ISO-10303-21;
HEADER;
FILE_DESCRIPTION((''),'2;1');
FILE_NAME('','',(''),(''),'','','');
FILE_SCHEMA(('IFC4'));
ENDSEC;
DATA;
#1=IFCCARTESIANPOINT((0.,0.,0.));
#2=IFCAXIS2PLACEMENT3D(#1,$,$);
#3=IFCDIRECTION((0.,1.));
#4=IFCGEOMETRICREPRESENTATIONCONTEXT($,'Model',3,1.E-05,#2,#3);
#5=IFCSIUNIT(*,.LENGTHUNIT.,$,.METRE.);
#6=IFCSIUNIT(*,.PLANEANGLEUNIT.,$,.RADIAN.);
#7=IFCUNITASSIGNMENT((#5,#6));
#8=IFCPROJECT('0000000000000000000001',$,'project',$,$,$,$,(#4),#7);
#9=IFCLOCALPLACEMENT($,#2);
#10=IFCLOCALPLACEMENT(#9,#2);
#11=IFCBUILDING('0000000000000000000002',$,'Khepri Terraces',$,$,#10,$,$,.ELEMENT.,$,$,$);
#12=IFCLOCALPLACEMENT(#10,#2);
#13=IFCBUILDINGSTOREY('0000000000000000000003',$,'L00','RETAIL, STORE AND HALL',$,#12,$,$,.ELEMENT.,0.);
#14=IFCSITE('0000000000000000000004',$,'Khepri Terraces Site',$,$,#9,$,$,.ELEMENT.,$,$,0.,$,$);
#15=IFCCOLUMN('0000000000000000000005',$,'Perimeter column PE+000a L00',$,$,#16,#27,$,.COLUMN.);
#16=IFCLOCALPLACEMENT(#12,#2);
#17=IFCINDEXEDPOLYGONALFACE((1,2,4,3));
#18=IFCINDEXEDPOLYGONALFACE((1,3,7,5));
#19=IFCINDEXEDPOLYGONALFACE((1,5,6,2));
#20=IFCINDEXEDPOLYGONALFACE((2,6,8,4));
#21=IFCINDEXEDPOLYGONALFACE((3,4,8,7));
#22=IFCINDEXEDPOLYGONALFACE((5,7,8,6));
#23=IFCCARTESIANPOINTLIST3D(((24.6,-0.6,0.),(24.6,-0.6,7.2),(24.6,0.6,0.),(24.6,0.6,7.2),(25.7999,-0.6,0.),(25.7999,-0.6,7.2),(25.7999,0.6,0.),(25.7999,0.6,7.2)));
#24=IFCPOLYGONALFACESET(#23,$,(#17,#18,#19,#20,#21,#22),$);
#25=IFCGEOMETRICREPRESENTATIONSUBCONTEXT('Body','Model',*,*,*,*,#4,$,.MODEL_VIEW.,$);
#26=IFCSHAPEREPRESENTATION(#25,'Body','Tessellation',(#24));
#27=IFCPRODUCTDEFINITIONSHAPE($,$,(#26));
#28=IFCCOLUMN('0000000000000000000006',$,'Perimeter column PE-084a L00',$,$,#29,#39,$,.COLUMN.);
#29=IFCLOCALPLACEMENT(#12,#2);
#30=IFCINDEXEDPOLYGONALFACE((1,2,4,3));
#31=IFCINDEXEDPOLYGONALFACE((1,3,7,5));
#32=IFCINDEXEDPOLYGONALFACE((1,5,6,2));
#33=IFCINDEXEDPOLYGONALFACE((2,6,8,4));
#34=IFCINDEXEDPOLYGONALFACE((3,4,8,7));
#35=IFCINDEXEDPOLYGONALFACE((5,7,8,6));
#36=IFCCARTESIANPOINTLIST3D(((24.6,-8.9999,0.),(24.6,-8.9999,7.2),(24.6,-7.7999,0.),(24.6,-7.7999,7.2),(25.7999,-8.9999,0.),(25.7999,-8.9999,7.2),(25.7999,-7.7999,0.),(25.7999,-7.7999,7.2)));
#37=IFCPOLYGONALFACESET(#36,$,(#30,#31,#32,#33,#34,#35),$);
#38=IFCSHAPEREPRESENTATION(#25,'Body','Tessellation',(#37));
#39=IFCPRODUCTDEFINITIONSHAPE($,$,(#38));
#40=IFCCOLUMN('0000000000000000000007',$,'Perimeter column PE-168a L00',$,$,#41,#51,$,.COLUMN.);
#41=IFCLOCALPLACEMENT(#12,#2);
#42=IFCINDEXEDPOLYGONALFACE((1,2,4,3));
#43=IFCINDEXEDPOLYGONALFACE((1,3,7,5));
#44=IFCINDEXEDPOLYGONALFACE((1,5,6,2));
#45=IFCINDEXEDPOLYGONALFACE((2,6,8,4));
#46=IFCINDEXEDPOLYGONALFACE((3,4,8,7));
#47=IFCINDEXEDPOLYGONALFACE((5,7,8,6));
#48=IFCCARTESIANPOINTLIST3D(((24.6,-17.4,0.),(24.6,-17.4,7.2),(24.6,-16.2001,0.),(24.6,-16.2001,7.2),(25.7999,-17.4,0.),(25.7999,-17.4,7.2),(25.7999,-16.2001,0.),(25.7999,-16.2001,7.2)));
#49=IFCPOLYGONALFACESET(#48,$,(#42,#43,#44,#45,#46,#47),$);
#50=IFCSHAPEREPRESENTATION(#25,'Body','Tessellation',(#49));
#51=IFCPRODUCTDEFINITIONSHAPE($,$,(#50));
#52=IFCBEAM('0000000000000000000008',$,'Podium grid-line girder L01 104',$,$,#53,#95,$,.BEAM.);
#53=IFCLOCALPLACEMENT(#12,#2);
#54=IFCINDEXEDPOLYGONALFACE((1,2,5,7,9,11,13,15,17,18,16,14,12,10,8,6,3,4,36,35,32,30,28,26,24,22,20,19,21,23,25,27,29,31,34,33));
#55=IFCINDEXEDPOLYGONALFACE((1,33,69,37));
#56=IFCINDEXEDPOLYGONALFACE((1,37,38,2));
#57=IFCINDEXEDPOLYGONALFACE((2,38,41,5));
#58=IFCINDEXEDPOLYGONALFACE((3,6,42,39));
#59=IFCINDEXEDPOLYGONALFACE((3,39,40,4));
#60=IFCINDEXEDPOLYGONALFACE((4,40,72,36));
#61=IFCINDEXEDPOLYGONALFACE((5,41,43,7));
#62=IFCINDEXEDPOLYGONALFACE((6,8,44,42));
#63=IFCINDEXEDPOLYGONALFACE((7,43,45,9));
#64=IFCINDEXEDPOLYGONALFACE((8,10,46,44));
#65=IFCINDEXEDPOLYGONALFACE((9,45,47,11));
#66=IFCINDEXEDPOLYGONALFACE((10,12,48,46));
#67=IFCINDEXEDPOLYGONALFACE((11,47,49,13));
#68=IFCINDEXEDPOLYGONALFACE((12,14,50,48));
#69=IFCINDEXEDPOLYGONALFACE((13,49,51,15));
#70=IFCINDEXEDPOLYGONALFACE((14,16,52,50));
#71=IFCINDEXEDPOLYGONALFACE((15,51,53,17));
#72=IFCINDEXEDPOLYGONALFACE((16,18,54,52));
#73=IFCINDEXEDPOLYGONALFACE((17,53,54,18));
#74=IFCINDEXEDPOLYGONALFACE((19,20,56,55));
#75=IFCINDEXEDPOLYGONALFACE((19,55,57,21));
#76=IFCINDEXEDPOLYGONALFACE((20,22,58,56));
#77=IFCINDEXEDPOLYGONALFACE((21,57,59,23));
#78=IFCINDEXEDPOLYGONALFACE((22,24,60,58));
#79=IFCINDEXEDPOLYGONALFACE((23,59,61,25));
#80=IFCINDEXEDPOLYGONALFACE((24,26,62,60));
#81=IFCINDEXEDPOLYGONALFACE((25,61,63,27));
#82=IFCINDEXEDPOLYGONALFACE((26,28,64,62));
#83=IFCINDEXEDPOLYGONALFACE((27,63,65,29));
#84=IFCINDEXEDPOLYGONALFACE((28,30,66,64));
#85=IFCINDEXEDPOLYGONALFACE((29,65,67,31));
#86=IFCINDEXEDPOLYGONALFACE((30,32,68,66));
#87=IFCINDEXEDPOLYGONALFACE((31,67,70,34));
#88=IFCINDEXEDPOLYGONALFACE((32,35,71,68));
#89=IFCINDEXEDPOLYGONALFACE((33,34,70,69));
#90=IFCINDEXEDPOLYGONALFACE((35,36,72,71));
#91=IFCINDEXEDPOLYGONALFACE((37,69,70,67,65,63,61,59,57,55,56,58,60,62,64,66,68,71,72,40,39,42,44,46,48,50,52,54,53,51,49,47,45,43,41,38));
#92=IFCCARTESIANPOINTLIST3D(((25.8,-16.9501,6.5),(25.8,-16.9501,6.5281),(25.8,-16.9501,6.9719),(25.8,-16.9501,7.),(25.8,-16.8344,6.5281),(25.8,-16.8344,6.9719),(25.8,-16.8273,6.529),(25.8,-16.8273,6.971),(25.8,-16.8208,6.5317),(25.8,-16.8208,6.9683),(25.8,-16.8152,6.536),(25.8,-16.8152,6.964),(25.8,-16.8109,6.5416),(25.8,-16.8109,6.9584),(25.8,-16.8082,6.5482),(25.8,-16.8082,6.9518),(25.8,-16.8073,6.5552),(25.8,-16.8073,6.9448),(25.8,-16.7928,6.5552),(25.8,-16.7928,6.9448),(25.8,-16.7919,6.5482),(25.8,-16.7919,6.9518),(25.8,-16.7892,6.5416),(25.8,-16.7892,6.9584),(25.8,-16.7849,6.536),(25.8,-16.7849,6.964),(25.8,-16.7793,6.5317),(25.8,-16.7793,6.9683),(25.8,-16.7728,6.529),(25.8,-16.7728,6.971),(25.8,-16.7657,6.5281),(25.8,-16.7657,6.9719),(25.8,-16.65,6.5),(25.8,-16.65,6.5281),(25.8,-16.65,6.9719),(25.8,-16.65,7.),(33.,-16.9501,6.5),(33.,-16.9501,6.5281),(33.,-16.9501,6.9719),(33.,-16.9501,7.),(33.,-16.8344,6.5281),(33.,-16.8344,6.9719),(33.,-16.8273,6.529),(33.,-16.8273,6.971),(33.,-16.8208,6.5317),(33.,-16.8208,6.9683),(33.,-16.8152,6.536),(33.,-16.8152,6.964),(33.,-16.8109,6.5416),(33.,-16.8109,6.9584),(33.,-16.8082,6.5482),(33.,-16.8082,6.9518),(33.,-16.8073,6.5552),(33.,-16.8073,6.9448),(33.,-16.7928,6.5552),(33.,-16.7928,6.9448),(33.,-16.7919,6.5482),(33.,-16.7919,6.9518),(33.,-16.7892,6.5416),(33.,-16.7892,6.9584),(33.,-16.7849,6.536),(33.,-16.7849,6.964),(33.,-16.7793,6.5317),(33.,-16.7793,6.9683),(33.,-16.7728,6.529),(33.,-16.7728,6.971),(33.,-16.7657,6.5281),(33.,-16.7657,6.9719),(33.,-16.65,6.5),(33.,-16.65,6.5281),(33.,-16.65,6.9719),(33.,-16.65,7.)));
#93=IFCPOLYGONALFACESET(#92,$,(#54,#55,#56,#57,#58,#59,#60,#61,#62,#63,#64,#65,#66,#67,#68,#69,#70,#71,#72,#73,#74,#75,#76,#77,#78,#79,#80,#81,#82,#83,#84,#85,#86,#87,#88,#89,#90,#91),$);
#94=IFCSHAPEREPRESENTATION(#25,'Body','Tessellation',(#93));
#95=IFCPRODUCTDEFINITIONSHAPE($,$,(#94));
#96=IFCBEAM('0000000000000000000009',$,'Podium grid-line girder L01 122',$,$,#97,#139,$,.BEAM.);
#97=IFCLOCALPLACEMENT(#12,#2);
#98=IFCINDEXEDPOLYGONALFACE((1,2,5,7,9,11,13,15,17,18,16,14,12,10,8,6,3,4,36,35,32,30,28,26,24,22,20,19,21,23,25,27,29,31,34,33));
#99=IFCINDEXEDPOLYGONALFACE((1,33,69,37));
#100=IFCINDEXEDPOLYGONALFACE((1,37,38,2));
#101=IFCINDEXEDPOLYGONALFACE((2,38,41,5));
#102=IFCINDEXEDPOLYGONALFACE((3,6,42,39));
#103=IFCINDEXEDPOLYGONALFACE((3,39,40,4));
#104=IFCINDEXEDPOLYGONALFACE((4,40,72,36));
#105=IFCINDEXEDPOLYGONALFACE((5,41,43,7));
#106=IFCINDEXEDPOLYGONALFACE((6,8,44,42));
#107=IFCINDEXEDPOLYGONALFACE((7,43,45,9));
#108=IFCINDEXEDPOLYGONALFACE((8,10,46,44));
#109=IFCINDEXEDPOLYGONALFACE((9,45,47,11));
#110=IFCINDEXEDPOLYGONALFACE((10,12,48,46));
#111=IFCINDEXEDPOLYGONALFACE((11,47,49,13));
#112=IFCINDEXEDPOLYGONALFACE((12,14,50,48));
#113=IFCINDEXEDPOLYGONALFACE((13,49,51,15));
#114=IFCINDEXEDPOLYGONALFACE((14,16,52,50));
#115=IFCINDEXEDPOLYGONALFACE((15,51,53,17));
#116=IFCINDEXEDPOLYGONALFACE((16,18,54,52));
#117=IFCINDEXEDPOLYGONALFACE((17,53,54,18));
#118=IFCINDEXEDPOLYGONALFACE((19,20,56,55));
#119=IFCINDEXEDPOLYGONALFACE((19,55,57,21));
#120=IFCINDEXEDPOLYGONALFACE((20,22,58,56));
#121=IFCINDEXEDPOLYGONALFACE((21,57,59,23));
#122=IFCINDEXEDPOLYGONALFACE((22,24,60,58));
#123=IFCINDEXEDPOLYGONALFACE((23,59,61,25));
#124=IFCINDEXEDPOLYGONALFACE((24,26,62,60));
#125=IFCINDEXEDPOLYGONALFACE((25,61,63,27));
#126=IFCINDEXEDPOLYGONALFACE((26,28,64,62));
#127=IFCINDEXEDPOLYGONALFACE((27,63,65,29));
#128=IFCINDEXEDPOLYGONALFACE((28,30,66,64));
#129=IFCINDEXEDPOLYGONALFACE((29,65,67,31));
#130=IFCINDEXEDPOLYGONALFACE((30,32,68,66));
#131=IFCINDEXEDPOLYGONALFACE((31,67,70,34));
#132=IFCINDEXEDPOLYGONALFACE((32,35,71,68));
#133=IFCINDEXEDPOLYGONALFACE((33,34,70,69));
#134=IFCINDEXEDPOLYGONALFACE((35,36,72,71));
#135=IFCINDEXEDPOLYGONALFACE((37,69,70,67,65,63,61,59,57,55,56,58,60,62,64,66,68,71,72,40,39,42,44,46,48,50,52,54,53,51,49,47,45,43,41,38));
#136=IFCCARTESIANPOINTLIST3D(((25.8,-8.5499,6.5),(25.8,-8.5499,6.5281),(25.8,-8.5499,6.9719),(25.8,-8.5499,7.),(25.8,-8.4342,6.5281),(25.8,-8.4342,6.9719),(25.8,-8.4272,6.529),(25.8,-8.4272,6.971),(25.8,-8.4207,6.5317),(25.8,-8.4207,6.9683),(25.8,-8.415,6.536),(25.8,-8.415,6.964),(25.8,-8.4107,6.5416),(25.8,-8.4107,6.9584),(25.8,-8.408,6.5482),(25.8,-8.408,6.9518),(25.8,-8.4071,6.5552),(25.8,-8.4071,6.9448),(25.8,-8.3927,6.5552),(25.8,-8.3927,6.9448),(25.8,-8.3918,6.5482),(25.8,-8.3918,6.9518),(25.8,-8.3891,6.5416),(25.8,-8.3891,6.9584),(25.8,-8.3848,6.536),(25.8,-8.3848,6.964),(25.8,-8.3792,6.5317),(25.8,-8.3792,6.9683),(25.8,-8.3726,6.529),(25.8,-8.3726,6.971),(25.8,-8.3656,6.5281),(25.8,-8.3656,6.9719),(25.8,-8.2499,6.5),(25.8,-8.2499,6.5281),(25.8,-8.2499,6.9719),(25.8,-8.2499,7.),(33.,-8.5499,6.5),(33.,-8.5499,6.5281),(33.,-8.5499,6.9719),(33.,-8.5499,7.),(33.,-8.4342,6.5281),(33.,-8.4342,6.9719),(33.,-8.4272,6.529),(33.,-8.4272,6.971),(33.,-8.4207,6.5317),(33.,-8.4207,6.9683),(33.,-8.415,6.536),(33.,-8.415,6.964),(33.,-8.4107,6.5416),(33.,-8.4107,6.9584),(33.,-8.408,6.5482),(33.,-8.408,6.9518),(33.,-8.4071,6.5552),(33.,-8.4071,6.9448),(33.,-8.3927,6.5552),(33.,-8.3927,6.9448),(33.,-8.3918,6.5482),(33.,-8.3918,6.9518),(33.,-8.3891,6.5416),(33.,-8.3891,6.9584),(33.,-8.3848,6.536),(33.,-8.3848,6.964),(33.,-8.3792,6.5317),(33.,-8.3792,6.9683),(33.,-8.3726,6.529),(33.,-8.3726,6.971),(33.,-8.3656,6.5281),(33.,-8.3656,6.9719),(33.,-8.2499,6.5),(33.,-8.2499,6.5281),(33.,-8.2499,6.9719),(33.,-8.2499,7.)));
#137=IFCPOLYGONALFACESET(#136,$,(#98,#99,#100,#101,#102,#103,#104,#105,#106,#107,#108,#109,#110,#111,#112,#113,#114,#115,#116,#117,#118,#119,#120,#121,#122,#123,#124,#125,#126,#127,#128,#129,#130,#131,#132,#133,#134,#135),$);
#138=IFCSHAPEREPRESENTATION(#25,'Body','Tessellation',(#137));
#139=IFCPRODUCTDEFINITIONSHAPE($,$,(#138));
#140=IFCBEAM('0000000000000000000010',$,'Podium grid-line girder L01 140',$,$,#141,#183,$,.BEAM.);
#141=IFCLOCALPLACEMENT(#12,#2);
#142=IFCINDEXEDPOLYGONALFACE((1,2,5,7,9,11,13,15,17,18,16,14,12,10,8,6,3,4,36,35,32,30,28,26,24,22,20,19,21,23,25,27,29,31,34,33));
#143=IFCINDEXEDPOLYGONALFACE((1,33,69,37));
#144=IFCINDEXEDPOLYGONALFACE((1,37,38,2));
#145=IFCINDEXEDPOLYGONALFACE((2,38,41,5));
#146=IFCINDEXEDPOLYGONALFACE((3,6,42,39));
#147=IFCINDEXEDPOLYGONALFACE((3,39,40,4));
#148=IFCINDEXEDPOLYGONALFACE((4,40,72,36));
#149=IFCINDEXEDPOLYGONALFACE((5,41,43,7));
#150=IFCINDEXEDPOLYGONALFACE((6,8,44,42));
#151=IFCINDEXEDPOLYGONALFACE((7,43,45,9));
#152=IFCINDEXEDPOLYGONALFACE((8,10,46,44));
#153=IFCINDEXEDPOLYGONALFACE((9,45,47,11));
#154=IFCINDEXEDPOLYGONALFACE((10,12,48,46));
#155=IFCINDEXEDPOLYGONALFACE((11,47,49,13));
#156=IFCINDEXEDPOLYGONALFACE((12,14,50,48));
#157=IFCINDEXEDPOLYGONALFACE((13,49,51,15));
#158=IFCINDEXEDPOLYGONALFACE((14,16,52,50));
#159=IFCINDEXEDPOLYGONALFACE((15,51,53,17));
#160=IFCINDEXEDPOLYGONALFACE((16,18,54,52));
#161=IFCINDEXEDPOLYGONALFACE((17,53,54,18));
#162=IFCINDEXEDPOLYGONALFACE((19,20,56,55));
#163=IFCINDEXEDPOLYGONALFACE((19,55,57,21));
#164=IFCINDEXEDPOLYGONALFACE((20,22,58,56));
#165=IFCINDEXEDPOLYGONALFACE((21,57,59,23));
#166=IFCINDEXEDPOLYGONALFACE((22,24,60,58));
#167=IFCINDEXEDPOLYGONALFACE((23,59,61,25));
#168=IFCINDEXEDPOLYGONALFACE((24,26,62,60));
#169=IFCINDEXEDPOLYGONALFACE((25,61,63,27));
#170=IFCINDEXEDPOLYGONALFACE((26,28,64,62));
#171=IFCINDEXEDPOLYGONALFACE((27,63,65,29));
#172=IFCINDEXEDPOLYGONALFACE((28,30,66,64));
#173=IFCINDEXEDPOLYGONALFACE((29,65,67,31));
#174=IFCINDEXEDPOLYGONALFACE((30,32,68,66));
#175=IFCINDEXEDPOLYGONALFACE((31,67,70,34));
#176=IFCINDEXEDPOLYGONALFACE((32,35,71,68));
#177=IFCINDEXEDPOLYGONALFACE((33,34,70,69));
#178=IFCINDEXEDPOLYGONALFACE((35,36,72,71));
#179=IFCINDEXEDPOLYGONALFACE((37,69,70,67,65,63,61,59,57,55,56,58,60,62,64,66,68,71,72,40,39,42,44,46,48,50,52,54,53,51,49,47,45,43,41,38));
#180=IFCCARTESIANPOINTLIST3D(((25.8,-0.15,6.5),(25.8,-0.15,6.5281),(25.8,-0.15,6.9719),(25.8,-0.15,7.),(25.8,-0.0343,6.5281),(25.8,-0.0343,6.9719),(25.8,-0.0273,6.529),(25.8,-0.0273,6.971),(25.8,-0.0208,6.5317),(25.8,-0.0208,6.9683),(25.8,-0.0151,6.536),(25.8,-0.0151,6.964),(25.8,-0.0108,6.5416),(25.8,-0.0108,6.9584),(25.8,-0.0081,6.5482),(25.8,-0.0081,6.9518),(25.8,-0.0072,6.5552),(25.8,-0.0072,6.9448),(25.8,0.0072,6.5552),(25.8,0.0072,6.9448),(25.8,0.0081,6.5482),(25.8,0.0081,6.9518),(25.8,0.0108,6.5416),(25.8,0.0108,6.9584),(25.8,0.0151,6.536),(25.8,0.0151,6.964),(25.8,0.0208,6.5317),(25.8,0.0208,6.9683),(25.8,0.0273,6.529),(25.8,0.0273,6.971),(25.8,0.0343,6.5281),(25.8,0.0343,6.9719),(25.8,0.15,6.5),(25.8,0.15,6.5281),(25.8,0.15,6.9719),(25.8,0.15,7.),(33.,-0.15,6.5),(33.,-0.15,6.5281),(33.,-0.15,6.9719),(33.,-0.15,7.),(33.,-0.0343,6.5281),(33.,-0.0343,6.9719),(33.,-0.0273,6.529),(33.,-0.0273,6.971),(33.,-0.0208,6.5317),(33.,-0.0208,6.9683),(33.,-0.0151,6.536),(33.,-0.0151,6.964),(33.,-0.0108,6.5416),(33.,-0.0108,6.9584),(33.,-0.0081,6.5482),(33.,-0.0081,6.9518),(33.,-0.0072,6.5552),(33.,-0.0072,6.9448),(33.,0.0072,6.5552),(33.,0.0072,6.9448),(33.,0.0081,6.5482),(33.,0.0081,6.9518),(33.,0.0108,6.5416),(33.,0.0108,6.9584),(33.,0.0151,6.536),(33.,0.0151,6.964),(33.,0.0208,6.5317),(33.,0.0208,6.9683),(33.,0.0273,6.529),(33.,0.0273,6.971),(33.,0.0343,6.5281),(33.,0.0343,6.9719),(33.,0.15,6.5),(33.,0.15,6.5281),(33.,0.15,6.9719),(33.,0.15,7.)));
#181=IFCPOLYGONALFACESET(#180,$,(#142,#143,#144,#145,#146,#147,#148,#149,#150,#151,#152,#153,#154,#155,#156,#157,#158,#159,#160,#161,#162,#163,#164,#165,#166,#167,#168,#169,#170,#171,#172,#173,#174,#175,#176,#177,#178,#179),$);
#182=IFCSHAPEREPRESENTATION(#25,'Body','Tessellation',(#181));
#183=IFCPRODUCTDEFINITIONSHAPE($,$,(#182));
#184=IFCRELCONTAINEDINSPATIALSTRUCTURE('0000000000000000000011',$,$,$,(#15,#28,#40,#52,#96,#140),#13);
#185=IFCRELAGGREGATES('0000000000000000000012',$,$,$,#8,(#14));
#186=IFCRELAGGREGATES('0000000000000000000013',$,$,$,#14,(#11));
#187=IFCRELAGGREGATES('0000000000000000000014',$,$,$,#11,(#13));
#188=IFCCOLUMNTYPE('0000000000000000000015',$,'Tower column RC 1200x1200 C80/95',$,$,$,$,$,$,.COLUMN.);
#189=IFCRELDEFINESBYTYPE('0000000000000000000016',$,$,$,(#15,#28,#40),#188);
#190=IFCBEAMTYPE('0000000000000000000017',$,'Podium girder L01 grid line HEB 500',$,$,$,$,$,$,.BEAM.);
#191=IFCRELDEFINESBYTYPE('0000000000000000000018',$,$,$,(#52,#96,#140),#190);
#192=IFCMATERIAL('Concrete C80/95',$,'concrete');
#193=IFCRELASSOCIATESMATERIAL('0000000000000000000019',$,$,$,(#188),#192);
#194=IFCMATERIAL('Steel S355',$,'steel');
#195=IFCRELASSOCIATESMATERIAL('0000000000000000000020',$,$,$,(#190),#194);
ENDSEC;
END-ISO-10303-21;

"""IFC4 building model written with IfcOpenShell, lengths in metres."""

from ifc_helpers import new_model, si_unit, direction, frame, origin, origin_2d, place, context, subcontext, project, spatial, rectangle, i_section, extrude, material, material_profile, profile_set, type_object, element, save


model = new_model("IFC4")

# Units and contexts
model_context = context("Model", 3, precision=1e-05, world=origin(), true_north=direction((0.0, 1.0)))
body_context = subcontext(model_context, "Body", "Model", "MODEL_VIEW")
ifc_project = project(units=[si_unit("LENGTHUNIT", "METRE"), si_unit("PLANEANGLEUNIT", "RADIAN")], contexts=[model_context])

# Site, building, storey
site_placement = place(None, origin())
site = spatial("IfcSite", under=ifc_project, at=site_placement, Name="Khepri Terraces Site", CompositionType="ELEMENT", RefElevation=0.0)
building_placement = place(site_placement, origin())
building = spatial("IfcBuilding", under=site, at=building_placement, Name="Khepri Terraces", CompositionType="ELEMENT")
storey_placement = place(building_placement, origin())
storey = spatial("IfcBuildingStorey", under=building, at=storey_placement, Name="L00", Description="RETAIL, STORE AND HALL", CompositionType="ELEMENT", Elevation=0.0)

# Columns
ifc_material_1 = material(Name="Concrete C80/95", Category="concrete")
ifc_material_profile_1 = material_profile(ifc_material_1, rectangle(XDim=1.2, YDim=1.2, at=origin_2d()), Name="Concrete C80/95", Category="concrete")
ifc_profile_set_1 = profile_set([ifc_material_profile_1], Name="Concrete C80/95")
column_type = type_object("IfcColumnType", Name="Tower column RC 1200x1200 C80/95", PredefinedType="COLUMN", material=ifc_profile_set_1)
for number, where, z_axis, x_axis, name in (
    (1, (25.2, 0.0, 0.0), (0.0, 0.0, 1.0), (1.0, 0.0, 0.0), "Perimeter column PE+000a L00"),
    (2, (25.2, -8.3999, 0.0), (0.0, 0.0, 1.0), (1.0, 0.0, 0.0), "Perimeter column PE-084a L00"),
    (3, (25.2, -16.8, 0.0), (0.0, 0.0, 1.0), (1.0, 0.0, 0.0), "Perimeter column PE-168a L00"),
):
    element("IfcColumn", number, at=place(storey_placement, frame(where, z_axis=z_axis, x_axis=x_axis)), inside=storey, type_object=column_type, Name=name, PredefinedType="COLUMN", context=body_context, shape_type="SweptSolid", body=[
        extrude(rectangle(XDim=1.2, YDim=1.2, at=origin_2d()), origin(), (0.0, 0.0, 1.0), 7.2),
    ])

# Beams
ifc_material_2 = material(Name="Steel S355", Category="steel")
ifc_material_profile_2 = material_profile(ifc_material_2, i_section(OverallWidth=0.3, OverallDepth=0.5, WebThickness=0.0144, FlangeThickness=0.0281, FilletRadius=0.0271, at=origin_2d()), Name="Steel S355", Category="steel")
ifc_profile_set_2 = profile_set([ifc_material_profile_2], Name="Steel S355")
beam_type_1 = type_object("IfcBeamType", Name="Podium girder L01 grid line HEB 500", PredefinedType="BEAM", material=ifc_profile_set_2)
for number, where, z_axis, x_axis, name in (
    (4, (25.8, -16.8, 6.75), (1.0, 0.0, 0.0), (0.0, 1.0, 0.0), "Podium grid-line girder L01 104"),
    (5, (25.8, -8.3999, 6.75), (1.0, 0.0, 0.0), (0.0, 1.0, 0.0), "Podium grid-line girder L01 122"),
    (6, (25.8, 0.0, 6.75), (1.0, 0.0, 0.0), (0.0, 1.0, 0.0), "Podium grid-line girder L01 140"),
):
    element("IfcBeam", number, at=place(storey_placement, frame(where, z_axis=z_axis, x_axis=x_axis)), inside=storey, type_object=beam_type_1, Name=name, PredefinedType="BEAM", context=body_context, shape_type="SweptSolid", body=[
        extrude(i_section(OverallWidth=0.3, OverallDepth=0.5, WebThickness=0.0144, FlangeThickness=0.0281, FilletRadius=0.0271, at=origin_2d()), origin(), (0.0, 0.0, 1.0), 7.2),
    ])

save(model, "model.ifc")
